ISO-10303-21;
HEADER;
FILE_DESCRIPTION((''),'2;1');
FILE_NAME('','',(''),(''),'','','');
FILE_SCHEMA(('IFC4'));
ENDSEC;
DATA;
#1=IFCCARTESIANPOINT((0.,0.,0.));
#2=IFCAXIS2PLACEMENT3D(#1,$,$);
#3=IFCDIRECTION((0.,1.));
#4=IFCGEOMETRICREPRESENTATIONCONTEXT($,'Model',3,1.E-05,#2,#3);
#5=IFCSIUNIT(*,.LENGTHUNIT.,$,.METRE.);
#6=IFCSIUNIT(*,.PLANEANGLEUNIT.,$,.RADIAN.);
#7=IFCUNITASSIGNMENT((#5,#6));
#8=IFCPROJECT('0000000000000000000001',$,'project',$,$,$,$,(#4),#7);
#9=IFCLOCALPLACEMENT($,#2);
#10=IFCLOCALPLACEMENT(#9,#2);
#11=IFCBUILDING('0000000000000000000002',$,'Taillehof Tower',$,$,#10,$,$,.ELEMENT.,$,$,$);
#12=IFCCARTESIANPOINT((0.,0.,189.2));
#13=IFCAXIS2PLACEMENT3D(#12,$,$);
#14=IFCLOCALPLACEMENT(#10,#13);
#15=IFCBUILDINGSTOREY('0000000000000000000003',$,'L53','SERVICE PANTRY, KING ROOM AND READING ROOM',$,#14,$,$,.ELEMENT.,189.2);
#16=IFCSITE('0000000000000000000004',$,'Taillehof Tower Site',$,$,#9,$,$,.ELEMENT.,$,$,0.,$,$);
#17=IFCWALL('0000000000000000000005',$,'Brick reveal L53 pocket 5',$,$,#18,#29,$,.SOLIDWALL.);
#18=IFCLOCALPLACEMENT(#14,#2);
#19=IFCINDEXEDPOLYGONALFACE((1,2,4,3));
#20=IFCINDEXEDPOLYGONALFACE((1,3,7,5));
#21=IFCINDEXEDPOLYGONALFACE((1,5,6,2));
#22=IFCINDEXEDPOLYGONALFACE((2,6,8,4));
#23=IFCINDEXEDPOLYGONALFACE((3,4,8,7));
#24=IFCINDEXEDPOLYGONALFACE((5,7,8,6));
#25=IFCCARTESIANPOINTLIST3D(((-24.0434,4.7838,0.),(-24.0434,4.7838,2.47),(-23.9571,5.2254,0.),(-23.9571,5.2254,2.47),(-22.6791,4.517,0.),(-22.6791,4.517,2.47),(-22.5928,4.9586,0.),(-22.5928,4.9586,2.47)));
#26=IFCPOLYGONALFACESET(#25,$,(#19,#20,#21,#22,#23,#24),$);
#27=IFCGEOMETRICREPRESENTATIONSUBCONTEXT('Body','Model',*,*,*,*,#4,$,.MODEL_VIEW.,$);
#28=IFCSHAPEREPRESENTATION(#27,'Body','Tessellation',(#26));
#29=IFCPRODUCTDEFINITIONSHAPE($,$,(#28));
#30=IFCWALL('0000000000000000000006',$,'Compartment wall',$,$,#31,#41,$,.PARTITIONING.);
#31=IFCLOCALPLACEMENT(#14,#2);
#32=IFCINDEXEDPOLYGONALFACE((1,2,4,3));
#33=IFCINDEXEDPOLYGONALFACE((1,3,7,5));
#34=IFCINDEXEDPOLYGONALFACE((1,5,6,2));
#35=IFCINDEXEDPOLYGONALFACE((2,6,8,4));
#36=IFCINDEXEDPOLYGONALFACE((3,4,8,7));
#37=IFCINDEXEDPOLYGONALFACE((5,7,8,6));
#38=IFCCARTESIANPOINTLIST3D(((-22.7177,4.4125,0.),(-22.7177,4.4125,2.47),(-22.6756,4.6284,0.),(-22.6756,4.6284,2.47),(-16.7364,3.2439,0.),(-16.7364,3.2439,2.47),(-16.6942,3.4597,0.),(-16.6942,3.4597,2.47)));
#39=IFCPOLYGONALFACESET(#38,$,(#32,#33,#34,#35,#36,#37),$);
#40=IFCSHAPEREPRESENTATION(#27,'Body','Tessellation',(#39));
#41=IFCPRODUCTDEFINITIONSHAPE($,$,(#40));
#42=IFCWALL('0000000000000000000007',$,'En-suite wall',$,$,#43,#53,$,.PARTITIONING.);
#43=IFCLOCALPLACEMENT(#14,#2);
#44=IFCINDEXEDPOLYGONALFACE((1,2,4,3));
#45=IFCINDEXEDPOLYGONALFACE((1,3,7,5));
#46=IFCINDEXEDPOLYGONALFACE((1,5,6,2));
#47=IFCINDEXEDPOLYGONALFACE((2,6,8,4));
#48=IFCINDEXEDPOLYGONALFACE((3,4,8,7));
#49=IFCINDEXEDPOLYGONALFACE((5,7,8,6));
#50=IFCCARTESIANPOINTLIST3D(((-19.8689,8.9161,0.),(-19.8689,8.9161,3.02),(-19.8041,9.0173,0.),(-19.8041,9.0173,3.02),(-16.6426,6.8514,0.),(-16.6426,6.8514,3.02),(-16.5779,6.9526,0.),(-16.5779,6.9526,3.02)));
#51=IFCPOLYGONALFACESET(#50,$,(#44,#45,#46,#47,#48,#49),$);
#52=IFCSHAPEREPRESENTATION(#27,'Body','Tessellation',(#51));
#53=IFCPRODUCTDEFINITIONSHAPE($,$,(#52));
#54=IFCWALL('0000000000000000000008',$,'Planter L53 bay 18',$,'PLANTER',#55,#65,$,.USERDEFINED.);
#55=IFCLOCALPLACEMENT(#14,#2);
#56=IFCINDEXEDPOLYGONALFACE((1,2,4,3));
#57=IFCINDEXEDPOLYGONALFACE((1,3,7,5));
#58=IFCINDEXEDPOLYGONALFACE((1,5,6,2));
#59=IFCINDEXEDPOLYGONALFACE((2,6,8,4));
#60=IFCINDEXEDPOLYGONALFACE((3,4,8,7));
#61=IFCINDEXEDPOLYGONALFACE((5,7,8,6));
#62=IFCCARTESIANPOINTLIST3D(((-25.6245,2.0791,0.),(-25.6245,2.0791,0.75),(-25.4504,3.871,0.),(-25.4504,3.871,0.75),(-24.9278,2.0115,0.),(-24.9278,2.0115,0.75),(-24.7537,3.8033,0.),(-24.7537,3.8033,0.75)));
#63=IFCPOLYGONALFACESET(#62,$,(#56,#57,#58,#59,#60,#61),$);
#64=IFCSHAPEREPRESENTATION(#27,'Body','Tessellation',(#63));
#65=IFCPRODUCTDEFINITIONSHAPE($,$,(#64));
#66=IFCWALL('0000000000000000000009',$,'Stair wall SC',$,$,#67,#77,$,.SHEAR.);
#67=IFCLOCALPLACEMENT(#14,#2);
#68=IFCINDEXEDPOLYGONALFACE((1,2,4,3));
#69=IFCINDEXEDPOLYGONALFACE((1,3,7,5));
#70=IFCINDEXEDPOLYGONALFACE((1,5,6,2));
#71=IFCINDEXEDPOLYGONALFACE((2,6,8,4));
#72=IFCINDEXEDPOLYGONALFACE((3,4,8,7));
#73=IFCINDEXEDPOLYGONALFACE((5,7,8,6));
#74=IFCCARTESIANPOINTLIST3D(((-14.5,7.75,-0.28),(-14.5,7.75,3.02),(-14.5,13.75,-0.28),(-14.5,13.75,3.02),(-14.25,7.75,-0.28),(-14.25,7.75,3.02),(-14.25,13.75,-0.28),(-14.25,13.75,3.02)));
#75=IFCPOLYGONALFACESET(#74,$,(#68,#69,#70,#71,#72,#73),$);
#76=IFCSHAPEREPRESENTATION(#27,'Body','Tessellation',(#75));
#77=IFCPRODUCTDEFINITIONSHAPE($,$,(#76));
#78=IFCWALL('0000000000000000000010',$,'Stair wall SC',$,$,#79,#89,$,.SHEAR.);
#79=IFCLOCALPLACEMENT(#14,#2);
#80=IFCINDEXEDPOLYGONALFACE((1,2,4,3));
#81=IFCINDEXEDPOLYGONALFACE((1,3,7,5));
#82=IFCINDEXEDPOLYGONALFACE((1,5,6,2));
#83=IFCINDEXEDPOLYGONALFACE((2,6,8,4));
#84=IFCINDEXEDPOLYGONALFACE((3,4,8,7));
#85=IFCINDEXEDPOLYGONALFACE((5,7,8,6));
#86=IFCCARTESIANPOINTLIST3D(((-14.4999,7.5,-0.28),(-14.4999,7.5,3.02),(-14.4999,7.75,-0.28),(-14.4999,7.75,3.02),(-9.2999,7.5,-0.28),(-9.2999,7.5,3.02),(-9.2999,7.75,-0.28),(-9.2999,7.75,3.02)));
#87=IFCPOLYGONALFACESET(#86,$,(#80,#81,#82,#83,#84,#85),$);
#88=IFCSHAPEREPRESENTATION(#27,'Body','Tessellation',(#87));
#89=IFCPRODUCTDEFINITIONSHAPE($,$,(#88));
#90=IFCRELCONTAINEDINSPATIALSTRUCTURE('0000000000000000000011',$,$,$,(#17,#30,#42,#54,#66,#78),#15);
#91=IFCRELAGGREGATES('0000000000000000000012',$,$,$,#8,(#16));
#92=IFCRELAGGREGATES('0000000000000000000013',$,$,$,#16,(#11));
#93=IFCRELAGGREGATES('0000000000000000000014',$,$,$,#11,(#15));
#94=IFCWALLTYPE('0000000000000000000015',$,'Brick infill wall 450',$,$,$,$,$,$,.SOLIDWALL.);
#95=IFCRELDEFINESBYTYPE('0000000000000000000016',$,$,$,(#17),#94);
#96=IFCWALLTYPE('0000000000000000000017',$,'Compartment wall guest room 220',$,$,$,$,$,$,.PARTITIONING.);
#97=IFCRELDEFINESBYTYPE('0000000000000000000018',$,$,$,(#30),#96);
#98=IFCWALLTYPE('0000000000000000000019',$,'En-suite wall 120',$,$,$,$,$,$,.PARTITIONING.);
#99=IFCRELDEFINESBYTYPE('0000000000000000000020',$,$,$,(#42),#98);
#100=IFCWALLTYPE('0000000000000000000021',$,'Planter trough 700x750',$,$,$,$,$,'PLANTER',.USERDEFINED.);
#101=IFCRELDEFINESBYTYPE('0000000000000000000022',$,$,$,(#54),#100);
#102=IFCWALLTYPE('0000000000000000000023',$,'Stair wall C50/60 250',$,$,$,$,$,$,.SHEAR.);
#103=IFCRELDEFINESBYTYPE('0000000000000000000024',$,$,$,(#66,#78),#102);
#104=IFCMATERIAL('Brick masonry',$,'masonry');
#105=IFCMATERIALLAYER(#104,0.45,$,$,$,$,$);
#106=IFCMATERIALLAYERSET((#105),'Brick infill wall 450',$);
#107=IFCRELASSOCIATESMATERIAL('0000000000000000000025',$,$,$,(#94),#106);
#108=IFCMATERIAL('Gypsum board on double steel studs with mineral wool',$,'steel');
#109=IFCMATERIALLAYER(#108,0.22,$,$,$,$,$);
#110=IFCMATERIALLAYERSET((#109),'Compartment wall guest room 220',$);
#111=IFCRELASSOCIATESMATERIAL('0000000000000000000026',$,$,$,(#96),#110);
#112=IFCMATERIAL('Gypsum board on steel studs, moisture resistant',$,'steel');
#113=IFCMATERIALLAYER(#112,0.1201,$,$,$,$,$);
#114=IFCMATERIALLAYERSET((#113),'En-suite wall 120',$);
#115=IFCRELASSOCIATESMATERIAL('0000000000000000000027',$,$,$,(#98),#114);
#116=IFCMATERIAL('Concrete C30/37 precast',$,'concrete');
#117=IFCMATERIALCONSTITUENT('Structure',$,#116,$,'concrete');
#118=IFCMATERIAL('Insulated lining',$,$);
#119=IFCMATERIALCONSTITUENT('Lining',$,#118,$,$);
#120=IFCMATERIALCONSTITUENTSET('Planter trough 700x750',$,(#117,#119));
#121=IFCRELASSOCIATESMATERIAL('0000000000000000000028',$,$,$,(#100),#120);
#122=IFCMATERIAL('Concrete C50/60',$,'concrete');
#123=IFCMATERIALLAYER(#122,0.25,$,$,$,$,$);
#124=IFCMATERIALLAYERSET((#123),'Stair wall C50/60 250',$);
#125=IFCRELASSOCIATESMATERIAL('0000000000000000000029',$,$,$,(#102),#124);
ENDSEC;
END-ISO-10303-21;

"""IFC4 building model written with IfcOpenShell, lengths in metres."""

from ifc_helpers import new_model, si_unit, direction, frame, frame_2d, origin, place, context, subcontext, project, spatial, rectangle, extrude, material, layer, layer_set, constituent, constituent_set, type_object, element, save


model = new_model("IFC4")

# Units and contexts
model_context = context("Model", 3, precision=1e-05, world=origin(), true_north=direction((0.0, 1.0)))
body_context = subcontext(model_context, "Body", "Model", "MODEL_VIEW")
ifc_project = project(units=[si_unit("LENGTHUNIT", "METRE"), si_unit("PLANEANGLEUNIT", "RADIAN")], contexts=[model_context])

# Site, building, storey
site_placement = place(None, origin())
site = spatial("IfcSite", under=ifc_project, at=site_placement, Name="Taillehof Tower Site", CompositionType="ELEMENT", RefElevation=0.0)
building_placement = place(site_placement, origin())
building = spatial("IfcBuilding", under=site, at=building_placement, Name="Taillehof Tower", CompositionType="ELEMENT")
storey_placement = place(building_placement, frame((0.0, 0.0, 189.2)))
storey = spatial("IfcBuildingStorey", under=building, at=storey_placement, Name="L53", Description="SERVICE PANTRY, KING ROOM AND READING ROOM", CompositionType="ELEMENT", Elevation=189.2)

# Shared definitions
ifc_material_1 = material(Name="Brick masonry", Category="masonry")
ifc_layer_1 = layer(ifc_material_1, 0.45)
ifc_layer_set_1 = layer_set([ifc_layer_1], Name="Brick infill wall 450")
wall_type_1 = type_object("IfcWallType", Name="Brick infill wall 450", PredefinedType="SOLIDWALL", material=ifc_layer_set_1)

# Wall
wall_1_placement = place(storey_placement, frame((-24.0002, 5.0046, 0.0), z_axis=(0.0, 0.0, 1.0), x_axis=(0.981403, -0.19196, 0.0)))
element("IfcWall", 1, at=wall_1_placement, inside=storey, type_object=wall_type_1, Name="Brick reveal L53 pocket 5", PredefinedType="SOLIDWALL", context=body_context, shape_type="SweptSolid", body=[
    extrude(rectangle(XDim=1.3901, YDim=0.45, at=frame_2d((0.6951, 0.0))), origin(), (0.0, 0.0, 1.0), 2.47),
])

# Walls
ifc_material_2 = material(Name="Gypsum board on double steel studs with mineral wool", Category="steel")
ifc_layer_2 = layer(ifc_material_2, 0.22)
ifc_layer_set_2 = layer_set([ifc_layer_2], Name="Compartment wall guest room 220")
wall_type_2 = type_object("IfcWallType", Name="Compartment wall guest room 220", PredefinedType="PARTITIONING", material=ifc_layer_set_2)
wall_2_placement = place(storey_placement, frame((-22.6968, 4.5205, 0.0), z_axis=(0.0, 0.0, 1.0), x_axis=(0.981442, -0.191762, 0.0)))
element("IfcWall", 2, at=wall_2_placement, inside=storey, type_object=wall_type_2, Name="Compartment wall", PredefinedType="PARTITIONING", context=body_context, shape_type="SweptSolid", body=[
    extrude(rectangle(XDim=6.0945, YDim=0.22, at=frame_2d((3.0474, 0.0))), origin(), (0.0, 0.0, 1.0), 2.47),
])
ifc_material_3 = material(Name="Gypsum board on steel studs, moisture resistant", Category="steel")
ifc_layer_3 = layer(ifc_material_3, 0.1201)
ifc_layer_set_3 = layer_set([ifc_layer_3], Name="En-suite wall 120")
wall_type_3 = type_object("IfcWallType", Name="En-suite wall 120", PredefinedType="PARTITIONING", material=ifc_layer_set_3)
wall_3_placement = place(storey_placement, frame((-16.6104, 6.9021, 0.0), z_axis=(0.0, 0.0, 1.0), x_axis=(-0.842289, 0.539027, 0.0)))
element("IfcWall", 3, at=wall_3_placement, inside=storey, type_object=wall_type_3, Name="En-suite wall", PredefinedType="PARTITIONING", context=body_context, shape_type="SweptSolid", body=[
    extrude(rectangle(XDim=3.8303, YDim=0.1201, at=frame_2d((1.915, 0.0))), origin(), (0.0, 0.0, 1.0), 3.02),
])
ifc_material_4 = material(Name="Concrete C30/37 precast", Category="concrete")
ifc_constituent_1 = constituent(ifc_material_4, Name="Structure", Category="concrete")
ifc_material_5 = material(Name="Insulated lining")
ifc_constituent_2 = constituent(ifc_material_5, Name="Lining")
ifc_constituent_set = constituent_set(constituents=[ifc_constituent_1, ifc_constituent_2], Name="Planter trough 700x750")
wall_type_4 = type_object("IfcWallType", Name="Planter trough 700x750", ElementType="PLANTER", PredefinedType="USERDEFINED", material=ifc_constituent_set)
wall_4_placement = place(storey_placement, frame((-25.1021, 3.8372, 0.0), z_axis=(0.0, 0.0, 1.0), x_axis=(-0.096697, -0.995314, 0.0)))
element("IfcWall", 4, at=wall_4_placement, inside=storey, type_object=wall_type_4, Name="Planter L53 bay 18", ObjectType="PLANTER", PredefinedType="USERDEFINED", context=body_context, shape_type="SweptSolid", body=[
    extrude(rectangle(XDim=1.8003, YDim=0.7, at=frame_2d((0.9001, 0.0))), origin(), (0.0, 0.0, 1.0), 0.75),
])
ifc_material_6 = material(Name="Concrete C50/60", Category="concrete")
ifc_layer_4 = layer(ifc_material_6, 0.25)
ifc_layer_set_4 = layer_set([ifc_layer_4], Name="Stair wall C50/60 250")
wall_type_5 = type_object("IfcWallType", Name="Stair wall C50/60 250", PredefinedType="SHEAR", material=ifc_layer_set_4)
wall_5_placement = place(storey_placement, frame((-14.375, 7.75, -0.28), z_axis=(0.0, 0.0, 1.0), x_axis=(0.0, 1.0, 0.0)))
element("IfcWall", 5, at=wall_5_placement, inside=storey, type_object=wall_type_5, Name="Stair wall SC", PredefinedType="SHEAR", context=body_context, shape_type="SweptSolid", body=[
    extrude(rectangle(XDim=6.0, YDim=0.25, at=frame_2d((3.0, 0.0))), origin(), (0.0, 0.0, 1.0), 3.3),
])
wall_6_placement = place(storey_placement, frame((-14.5, 7.625, -0.28), z_axis=(0.0, 0.0, 1.0), x_axis=(1.0, 0.0, 0.0)))
element("IfcWall", 6, at=wall_6_placement, inside=storey, type_object=wall_type_5, Name="Stair wall SC", PredefinedType="SHEAR", context=body_context, shape_type="SweptSolid", body=[
    extrude(rectangle(XDim=5.2, YDim=0.25, at=frame_2d((2.6001, 0.0))), origin(), (0.0, 0.0, 1.0), 3.3),
])

save(model, "model.ifc")
